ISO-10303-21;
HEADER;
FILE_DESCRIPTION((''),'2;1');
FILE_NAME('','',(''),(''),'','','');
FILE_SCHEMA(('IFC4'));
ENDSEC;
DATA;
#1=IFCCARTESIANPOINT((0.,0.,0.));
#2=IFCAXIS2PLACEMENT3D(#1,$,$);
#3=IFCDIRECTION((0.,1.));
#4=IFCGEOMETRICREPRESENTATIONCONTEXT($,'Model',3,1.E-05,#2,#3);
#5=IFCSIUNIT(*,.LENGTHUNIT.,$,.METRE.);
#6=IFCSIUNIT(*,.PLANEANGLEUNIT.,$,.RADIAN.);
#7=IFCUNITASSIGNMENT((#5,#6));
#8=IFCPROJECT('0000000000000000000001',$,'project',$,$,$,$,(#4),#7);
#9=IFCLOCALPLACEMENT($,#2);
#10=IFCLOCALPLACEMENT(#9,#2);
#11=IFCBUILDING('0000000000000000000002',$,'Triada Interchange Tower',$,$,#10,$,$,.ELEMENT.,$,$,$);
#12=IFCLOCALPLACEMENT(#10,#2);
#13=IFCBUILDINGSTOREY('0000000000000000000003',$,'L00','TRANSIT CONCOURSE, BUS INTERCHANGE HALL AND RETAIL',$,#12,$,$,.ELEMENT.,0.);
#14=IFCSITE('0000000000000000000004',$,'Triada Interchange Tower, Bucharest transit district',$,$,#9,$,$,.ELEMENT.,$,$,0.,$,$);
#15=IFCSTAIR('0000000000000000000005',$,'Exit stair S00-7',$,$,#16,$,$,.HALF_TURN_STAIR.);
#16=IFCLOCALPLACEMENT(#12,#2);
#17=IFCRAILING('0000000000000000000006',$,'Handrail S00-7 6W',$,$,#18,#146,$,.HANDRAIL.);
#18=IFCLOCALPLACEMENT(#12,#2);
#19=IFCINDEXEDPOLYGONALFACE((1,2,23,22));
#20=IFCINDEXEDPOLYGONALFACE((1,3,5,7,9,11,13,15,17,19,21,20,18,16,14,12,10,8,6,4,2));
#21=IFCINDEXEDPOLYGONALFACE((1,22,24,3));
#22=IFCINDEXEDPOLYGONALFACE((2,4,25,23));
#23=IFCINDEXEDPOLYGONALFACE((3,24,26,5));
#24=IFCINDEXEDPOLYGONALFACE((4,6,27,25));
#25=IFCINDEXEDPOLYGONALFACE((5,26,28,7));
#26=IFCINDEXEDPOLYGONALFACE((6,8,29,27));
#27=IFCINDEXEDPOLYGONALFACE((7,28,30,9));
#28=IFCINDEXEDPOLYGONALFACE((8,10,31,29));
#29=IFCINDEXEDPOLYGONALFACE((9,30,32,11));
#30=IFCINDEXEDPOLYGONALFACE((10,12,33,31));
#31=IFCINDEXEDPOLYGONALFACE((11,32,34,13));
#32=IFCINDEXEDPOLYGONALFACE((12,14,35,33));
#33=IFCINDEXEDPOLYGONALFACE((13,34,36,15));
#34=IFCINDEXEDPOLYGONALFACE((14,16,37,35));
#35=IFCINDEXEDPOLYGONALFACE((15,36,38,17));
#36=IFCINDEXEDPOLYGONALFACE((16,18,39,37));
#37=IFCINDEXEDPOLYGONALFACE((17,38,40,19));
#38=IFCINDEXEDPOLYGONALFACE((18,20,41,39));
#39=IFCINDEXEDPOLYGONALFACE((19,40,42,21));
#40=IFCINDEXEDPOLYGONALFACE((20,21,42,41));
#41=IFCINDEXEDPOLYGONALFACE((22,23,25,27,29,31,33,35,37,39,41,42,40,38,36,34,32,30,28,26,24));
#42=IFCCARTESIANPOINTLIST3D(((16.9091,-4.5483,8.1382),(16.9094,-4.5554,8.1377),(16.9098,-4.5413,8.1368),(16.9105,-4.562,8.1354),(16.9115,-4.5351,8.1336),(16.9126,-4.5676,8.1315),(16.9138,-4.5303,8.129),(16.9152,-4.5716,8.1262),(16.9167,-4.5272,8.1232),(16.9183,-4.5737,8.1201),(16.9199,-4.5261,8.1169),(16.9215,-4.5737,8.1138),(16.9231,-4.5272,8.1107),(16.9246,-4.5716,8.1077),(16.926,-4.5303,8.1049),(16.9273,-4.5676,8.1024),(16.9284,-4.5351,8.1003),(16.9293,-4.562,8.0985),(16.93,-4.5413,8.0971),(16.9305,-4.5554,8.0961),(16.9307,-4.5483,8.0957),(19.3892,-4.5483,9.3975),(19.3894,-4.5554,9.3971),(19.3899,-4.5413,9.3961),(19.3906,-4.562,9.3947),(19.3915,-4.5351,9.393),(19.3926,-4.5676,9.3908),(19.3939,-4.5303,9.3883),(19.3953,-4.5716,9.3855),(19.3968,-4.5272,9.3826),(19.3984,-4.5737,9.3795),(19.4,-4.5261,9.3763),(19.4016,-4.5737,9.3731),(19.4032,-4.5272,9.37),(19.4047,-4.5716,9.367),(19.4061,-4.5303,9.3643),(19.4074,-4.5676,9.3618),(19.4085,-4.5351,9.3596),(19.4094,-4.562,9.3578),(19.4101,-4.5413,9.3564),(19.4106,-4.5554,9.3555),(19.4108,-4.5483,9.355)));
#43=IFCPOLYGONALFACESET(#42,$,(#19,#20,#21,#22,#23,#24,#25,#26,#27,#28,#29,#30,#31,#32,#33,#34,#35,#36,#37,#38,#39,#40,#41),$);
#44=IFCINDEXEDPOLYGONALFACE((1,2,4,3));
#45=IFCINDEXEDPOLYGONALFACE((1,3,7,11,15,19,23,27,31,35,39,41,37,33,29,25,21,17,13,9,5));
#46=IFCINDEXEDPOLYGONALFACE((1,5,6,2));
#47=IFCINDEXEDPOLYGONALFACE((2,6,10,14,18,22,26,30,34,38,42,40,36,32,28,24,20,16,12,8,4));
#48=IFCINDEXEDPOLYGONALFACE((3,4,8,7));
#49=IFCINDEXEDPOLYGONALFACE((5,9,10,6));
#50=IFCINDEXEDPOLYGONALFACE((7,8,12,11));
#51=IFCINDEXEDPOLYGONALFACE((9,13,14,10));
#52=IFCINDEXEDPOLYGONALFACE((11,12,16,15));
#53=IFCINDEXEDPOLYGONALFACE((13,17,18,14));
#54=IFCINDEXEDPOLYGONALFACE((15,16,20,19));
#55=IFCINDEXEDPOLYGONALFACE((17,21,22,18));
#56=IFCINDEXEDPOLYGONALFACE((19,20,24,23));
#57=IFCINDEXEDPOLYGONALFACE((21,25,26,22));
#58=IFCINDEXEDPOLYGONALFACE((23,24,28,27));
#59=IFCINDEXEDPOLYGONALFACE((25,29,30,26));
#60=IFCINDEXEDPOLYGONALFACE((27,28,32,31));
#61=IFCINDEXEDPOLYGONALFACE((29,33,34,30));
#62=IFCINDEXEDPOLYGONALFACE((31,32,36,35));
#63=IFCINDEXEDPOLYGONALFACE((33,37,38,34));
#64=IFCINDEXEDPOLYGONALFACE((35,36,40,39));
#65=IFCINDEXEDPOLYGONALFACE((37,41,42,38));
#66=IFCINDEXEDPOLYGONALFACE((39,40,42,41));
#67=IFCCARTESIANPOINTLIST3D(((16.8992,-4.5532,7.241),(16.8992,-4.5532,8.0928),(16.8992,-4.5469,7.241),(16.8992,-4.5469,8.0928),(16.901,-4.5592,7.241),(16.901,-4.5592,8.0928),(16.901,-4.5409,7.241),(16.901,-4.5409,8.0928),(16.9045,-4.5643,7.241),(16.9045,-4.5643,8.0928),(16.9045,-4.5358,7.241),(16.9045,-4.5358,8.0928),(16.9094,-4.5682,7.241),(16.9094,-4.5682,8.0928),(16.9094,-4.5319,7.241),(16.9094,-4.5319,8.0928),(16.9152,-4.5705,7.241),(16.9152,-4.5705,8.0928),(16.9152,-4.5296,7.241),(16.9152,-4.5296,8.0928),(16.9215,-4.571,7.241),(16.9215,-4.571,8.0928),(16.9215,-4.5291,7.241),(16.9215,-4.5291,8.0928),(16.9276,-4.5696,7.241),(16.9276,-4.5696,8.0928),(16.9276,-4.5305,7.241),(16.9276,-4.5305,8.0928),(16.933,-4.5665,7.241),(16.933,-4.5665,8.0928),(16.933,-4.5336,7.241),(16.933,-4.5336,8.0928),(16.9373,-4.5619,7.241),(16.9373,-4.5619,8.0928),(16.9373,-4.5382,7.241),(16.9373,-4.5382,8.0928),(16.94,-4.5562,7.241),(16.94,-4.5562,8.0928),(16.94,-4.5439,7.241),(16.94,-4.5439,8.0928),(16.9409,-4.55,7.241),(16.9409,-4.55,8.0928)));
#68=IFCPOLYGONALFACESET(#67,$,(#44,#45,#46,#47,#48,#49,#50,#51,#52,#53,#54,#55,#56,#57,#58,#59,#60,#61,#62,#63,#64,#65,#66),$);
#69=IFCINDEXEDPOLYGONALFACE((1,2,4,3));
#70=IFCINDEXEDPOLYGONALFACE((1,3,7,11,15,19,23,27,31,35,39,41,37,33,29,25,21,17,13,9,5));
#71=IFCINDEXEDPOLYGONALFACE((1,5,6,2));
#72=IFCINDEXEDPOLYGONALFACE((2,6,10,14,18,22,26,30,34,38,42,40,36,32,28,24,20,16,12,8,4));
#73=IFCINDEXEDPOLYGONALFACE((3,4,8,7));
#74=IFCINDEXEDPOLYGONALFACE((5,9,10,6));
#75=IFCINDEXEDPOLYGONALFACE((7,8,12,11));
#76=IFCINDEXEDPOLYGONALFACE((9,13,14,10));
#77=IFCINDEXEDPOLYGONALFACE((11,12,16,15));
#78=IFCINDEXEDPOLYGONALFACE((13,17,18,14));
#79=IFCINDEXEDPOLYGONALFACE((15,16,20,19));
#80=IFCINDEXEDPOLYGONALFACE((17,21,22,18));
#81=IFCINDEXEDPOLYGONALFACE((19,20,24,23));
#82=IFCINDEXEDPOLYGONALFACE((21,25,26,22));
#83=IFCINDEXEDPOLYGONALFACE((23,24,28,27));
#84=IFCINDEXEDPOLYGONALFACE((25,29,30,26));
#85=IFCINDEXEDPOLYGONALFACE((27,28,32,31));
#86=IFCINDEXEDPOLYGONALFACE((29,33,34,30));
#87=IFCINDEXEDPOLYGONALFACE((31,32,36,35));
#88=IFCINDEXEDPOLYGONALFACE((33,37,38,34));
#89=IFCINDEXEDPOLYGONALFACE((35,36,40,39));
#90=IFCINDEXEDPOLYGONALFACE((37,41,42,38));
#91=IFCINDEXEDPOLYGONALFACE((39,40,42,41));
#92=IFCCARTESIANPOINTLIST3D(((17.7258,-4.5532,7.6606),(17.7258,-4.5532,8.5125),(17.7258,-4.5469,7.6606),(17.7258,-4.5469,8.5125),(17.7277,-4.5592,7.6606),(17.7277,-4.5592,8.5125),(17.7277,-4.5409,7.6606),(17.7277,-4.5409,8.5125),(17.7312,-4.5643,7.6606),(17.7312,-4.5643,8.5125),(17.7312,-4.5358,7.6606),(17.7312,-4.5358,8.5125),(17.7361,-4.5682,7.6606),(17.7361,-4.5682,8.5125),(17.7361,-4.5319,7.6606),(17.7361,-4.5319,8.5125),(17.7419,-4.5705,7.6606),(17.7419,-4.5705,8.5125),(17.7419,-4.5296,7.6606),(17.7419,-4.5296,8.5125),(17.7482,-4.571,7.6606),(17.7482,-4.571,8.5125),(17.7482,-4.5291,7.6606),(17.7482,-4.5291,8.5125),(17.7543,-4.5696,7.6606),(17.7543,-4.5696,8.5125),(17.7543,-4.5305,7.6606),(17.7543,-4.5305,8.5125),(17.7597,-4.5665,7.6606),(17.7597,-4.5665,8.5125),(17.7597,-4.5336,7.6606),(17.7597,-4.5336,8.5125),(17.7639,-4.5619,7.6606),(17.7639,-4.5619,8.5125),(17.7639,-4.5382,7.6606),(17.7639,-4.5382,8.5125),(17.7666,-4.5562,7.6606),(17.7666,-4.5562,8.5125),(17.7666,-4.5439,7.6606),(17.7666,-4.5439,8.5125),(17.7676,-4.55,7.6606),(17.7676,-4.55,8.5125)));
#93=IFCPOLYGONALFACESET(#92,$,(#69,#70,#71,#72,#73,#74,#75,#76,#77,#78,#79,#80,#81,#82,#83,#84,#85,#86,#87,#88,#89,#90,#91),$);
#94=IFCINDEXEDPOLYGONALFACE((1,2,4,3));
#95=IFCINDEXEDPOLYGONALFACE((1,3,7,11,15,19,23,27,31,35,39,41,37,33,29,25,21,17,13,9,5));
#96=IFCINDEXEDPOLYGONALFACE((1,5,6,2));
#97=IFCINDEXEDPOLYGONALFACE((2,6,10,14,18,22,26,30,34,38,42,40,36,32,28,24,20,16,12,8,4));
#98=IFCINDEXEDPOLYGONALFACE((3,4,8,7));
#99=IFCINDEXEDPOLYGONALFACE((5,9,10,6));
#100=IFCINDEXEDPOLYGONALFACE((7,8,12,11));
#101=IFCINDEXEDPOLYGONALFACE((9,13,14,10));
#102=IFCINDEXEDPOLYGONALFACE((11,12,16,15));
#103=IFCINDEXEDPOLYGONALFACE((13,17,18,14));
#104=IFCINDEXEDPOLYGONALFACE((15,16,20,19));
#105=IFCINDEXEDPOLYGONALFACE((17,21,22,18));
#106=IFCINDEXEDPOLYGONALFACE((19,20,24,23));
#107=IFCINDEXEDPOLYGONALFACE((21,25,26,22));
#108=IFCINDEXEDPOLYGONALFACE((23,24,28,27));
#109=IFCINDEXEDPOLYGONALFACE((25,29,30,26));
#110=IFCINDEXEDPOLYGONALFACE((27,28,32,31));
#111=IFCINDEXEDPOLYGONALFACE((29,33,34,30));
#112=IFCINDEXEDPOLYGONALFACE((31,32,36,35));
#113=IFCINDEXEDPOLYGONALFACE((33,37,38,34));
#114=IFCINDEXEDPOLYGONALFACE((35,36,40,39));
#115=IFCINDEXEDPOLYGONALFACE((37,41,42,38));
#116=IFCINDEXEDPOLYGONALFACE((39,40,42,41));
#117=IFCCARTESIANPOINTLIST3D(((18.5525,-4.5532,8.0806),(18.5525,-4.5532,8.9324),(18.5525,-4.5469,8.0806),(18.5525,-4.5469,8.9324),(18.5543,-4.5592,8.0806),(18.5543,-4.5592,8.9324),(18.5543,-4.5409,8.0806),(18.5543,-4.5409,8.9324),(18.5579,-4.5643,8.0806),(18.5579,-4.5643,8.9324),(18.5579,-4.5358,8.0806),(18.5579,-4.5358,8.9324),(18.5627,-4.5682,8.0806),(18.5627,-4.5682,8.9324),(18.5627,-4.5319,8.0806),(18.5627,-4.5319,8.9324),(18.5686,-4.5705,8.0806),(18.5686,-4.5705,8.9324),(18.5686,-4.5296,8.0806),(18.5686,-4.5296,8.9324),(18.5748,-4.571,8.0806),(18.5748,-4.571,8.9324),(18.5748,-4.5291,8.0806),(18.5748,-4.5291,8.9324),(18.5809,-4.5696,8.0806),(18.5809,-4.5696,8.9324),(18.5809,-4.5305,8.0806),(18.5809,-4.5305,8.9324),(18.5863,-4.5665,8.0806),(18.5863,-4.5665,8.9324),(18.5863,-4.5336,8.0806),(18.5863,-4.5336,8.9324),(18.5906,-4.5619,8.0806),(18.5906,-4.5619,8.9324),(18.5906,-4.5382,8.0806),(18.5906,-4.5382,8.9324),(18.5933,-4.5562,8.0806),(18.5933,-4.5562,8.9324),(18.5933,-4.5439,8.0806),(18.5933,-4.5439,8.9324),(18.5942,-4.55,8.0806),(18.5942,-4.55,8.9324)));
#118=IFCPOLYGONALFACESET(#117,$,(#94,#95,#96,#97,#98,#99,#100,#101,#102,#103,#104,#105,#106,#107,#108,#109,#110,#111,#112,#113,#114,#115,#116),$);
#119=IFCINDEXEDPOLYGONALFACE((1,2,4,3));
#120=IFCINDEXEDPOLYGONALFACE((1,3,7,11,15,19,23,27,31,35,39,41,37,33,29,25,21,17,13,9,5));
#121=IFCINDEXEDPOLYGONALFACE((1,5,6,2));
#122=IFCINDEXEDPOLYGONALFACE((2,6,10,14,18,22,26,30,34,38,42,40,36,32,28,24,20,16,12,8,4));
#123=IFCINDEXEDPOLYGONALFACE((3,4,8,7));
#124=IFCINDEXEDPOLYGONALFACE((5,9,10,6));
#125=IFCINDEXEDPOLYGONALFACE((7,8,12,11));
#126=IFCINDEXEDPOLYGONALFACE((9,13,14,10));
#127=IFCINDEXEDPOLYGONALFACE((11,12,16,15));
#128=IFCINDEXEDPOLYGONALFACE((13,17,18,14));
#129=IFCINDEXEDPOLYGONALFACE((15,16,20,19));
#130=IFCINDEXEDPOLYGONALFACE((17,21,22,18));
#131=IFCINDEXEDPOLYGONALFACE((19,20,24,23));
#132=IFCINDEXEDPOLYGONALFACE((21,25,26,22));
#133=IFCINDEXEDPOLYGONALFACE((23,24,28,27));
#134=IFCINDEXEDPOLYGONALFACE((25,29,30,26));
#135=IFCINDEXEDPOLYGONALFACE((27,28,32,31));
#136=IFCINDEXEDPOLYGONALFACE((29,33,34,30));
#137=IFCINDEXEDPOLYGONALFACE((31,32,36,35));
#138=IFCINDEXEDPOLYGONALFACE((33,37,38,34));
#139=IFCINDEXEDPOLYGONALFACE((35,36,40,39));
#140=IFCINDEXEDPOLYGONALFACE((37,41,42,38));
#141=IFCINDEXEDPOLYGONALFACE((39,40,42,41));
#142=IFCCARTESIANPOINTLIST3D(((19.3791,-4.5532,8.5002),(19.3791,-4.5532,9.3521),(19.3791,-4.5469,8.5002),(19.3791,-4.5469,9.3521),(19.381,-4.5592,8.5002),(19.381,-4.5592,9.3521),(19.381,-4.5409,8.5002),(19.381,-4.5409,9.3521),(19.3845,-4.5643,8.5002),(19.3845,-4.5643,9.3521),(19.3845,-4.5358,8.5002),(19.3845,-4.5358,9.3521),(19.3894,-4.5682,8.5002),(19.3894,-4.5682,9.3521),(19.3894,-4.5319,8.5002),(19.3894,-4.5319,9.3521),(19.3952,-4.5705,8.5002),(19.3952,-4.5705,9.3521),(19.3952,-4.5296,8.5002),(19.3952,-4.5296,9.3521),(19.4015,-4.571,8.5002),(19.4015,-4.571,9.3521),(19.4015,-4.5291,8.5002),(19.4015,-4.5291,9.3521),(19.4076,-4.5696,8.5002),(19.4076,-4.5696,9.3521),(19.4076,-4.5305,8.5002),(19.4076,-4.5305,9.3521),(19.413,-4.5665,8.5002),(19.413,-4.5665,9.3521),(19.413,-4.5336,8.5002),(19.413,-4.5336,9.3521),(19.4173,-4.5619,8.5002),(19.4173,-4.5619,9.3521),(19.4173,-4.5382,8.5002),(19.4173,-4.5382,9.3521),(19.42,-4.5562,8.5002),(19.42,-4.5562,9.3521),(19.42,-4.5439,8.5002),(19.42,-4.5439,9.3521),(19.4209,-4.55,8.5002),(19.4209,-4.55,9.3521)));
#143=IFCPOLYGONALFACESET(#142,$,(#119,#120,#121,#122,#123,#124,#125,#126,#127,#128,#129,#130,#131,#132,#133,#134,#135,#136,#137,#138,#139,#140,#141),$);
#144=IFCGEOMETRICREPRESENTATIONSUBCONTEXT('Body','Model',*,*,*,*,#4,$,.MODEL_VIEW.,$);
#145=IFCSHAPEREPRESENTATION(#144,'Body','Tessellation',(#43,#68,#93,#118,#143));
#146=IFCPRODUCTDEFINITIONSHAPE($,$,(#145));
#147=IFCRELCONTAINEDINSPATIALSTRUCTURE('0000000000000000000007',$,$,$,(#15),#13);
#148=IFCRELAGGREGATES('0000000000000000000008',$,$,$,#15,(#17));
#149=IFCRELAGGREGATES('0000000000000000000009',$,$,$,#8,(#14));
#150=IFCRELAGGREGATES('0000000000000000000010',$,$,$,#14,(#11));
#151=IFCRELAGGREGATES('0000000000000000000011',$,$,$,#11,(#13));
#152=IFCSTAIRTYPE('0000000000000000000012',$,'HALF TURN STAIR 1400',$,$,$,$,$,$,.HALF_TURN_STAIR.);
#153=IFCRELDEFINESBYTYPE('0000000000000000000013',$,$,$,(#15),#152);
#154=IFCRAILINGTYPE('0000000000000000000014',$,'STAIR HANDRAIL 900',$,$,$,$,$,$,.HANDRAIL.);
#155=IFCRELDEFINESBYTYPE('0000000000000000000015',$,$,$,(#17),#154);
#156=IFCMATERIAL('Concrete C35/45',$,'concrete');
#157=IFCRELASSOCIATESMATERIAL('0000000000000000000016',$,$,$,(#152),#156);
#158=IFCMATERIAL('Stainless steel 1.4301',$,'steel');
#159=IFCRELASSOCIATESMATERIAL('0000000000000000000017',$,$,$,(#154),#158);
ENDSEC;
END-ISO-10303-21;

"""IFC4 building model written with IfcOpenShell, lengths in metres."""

from ifc_helpers import new_model, si_unit, direction, frame, origin, origin_2d, place, context, subcontext, project, spatial, circle, extrude, material, type_object, element, aggregate, save


model = new_model("IFC4")

# Units and contexts
model_context = context("Model", 3, precision=1e-05, world=origin(), true_north=direction((0.0, 1.0)))
body_context = subcontext(model_context, "Body", "Model", "MODEL_VIEW")
ifc_project = project(units=[si_unit("LENGTHUNIT", "METRE"), si_unit("PLANEANGLEUNIT", "RADIAN")], contexts=[model_context])

# Site, building, storey
site_placement = place(None, origin())
site = spatial("IfcSite", under=ifc_project, at=site_placement, Name="Triada Interchange Tower, Bucharest transit district", CompositionType="ELEMENT", RefElevation=0.0)
building_placement = place(site_placement, origin())
building = spatial("IfcBuilding", under=site, at=building_placement, Name="Triada Interchange Tower", CompositionType="ELEMENT")
storey_placement = place(building_placement, origin())
storey = spatial("IfcBuildingStorey", under=building, at=storey_placement, Name="L00", Description="TRANSIT CONCOURSE, BUS INTERCHANGE HALL AND RETAIL", CompositionType="ELEMENT", Elevation=0.0)

# Shared definitions
ifc_material_1 = material(Name="Concrete C35/45", Category="concrete")

# Stair, railing
stair_type = type_object("IfcStairType", Name="HALF TURN STAIR 1400", PredefinedType="HALF_TURN_STAIR", material=ifc_material_1)
stair_placement = place(storey_placement, origin())
stair = element("IfcStair", 1, at=stair_placement, inside=storey, type_object=stair_type, Name="Exit stair S00-7", PredefinedType="HALF_TURN_STAIR")
ifc_material_2 = material(Name="Stainless steel 1.4301", Category="steel")
railing_type_1 = type_object("IfcRailingType", Name="STAIR HANDRAIL 900", PredefinedType="HANDRAIL", material=ifc_material_2)
railing_1_placement = place(storey_placement, frame((16.9199, -4.55, 7.241)))
railing_1 = element("IfcRailing", 2, at=railing_1_placement, type_object=railing_type_1, Name="Handrail S00-7 6W", PredefinedType="HANDRAIL", context=body_context, shape_type="SweptSolid", body=[
    extrude(circle(Radius=0.0239, at=origin_2d()), frame((0.0, 0.0, 0.876), z_axis=(0.891636, 0.0, 0.452752), x_axis=(0.0, 1.0, 0.0)), (0.0, 0.0, 1.0), 2.7815),
    extrude(circle(Radius=0.021, at=origin_2d()), origin(), (0.0, 0.0, 1.0), 0.8518),
    extrude(circle(Radius=0.021, at=origin_2d()), frame((0.8267, 0.0, 0.4197)), (0.0, 0.0, 1.0), 0.8518),
    extrude(circle(Radius=0.021, at=origin_2d()), frame((1.6533, 0.0, 0.8396)), (0.0, 0.0, 1.0), 0.8518),
    extrude(circle(Radius=0.021, at=origin_2d()), frame((2.48, 0.0, 1.2593)), (0.0, 0.0, 1.0), 0.8518),
])
aggregate(stair, [railing_1])

save(model, "model.ifc")
